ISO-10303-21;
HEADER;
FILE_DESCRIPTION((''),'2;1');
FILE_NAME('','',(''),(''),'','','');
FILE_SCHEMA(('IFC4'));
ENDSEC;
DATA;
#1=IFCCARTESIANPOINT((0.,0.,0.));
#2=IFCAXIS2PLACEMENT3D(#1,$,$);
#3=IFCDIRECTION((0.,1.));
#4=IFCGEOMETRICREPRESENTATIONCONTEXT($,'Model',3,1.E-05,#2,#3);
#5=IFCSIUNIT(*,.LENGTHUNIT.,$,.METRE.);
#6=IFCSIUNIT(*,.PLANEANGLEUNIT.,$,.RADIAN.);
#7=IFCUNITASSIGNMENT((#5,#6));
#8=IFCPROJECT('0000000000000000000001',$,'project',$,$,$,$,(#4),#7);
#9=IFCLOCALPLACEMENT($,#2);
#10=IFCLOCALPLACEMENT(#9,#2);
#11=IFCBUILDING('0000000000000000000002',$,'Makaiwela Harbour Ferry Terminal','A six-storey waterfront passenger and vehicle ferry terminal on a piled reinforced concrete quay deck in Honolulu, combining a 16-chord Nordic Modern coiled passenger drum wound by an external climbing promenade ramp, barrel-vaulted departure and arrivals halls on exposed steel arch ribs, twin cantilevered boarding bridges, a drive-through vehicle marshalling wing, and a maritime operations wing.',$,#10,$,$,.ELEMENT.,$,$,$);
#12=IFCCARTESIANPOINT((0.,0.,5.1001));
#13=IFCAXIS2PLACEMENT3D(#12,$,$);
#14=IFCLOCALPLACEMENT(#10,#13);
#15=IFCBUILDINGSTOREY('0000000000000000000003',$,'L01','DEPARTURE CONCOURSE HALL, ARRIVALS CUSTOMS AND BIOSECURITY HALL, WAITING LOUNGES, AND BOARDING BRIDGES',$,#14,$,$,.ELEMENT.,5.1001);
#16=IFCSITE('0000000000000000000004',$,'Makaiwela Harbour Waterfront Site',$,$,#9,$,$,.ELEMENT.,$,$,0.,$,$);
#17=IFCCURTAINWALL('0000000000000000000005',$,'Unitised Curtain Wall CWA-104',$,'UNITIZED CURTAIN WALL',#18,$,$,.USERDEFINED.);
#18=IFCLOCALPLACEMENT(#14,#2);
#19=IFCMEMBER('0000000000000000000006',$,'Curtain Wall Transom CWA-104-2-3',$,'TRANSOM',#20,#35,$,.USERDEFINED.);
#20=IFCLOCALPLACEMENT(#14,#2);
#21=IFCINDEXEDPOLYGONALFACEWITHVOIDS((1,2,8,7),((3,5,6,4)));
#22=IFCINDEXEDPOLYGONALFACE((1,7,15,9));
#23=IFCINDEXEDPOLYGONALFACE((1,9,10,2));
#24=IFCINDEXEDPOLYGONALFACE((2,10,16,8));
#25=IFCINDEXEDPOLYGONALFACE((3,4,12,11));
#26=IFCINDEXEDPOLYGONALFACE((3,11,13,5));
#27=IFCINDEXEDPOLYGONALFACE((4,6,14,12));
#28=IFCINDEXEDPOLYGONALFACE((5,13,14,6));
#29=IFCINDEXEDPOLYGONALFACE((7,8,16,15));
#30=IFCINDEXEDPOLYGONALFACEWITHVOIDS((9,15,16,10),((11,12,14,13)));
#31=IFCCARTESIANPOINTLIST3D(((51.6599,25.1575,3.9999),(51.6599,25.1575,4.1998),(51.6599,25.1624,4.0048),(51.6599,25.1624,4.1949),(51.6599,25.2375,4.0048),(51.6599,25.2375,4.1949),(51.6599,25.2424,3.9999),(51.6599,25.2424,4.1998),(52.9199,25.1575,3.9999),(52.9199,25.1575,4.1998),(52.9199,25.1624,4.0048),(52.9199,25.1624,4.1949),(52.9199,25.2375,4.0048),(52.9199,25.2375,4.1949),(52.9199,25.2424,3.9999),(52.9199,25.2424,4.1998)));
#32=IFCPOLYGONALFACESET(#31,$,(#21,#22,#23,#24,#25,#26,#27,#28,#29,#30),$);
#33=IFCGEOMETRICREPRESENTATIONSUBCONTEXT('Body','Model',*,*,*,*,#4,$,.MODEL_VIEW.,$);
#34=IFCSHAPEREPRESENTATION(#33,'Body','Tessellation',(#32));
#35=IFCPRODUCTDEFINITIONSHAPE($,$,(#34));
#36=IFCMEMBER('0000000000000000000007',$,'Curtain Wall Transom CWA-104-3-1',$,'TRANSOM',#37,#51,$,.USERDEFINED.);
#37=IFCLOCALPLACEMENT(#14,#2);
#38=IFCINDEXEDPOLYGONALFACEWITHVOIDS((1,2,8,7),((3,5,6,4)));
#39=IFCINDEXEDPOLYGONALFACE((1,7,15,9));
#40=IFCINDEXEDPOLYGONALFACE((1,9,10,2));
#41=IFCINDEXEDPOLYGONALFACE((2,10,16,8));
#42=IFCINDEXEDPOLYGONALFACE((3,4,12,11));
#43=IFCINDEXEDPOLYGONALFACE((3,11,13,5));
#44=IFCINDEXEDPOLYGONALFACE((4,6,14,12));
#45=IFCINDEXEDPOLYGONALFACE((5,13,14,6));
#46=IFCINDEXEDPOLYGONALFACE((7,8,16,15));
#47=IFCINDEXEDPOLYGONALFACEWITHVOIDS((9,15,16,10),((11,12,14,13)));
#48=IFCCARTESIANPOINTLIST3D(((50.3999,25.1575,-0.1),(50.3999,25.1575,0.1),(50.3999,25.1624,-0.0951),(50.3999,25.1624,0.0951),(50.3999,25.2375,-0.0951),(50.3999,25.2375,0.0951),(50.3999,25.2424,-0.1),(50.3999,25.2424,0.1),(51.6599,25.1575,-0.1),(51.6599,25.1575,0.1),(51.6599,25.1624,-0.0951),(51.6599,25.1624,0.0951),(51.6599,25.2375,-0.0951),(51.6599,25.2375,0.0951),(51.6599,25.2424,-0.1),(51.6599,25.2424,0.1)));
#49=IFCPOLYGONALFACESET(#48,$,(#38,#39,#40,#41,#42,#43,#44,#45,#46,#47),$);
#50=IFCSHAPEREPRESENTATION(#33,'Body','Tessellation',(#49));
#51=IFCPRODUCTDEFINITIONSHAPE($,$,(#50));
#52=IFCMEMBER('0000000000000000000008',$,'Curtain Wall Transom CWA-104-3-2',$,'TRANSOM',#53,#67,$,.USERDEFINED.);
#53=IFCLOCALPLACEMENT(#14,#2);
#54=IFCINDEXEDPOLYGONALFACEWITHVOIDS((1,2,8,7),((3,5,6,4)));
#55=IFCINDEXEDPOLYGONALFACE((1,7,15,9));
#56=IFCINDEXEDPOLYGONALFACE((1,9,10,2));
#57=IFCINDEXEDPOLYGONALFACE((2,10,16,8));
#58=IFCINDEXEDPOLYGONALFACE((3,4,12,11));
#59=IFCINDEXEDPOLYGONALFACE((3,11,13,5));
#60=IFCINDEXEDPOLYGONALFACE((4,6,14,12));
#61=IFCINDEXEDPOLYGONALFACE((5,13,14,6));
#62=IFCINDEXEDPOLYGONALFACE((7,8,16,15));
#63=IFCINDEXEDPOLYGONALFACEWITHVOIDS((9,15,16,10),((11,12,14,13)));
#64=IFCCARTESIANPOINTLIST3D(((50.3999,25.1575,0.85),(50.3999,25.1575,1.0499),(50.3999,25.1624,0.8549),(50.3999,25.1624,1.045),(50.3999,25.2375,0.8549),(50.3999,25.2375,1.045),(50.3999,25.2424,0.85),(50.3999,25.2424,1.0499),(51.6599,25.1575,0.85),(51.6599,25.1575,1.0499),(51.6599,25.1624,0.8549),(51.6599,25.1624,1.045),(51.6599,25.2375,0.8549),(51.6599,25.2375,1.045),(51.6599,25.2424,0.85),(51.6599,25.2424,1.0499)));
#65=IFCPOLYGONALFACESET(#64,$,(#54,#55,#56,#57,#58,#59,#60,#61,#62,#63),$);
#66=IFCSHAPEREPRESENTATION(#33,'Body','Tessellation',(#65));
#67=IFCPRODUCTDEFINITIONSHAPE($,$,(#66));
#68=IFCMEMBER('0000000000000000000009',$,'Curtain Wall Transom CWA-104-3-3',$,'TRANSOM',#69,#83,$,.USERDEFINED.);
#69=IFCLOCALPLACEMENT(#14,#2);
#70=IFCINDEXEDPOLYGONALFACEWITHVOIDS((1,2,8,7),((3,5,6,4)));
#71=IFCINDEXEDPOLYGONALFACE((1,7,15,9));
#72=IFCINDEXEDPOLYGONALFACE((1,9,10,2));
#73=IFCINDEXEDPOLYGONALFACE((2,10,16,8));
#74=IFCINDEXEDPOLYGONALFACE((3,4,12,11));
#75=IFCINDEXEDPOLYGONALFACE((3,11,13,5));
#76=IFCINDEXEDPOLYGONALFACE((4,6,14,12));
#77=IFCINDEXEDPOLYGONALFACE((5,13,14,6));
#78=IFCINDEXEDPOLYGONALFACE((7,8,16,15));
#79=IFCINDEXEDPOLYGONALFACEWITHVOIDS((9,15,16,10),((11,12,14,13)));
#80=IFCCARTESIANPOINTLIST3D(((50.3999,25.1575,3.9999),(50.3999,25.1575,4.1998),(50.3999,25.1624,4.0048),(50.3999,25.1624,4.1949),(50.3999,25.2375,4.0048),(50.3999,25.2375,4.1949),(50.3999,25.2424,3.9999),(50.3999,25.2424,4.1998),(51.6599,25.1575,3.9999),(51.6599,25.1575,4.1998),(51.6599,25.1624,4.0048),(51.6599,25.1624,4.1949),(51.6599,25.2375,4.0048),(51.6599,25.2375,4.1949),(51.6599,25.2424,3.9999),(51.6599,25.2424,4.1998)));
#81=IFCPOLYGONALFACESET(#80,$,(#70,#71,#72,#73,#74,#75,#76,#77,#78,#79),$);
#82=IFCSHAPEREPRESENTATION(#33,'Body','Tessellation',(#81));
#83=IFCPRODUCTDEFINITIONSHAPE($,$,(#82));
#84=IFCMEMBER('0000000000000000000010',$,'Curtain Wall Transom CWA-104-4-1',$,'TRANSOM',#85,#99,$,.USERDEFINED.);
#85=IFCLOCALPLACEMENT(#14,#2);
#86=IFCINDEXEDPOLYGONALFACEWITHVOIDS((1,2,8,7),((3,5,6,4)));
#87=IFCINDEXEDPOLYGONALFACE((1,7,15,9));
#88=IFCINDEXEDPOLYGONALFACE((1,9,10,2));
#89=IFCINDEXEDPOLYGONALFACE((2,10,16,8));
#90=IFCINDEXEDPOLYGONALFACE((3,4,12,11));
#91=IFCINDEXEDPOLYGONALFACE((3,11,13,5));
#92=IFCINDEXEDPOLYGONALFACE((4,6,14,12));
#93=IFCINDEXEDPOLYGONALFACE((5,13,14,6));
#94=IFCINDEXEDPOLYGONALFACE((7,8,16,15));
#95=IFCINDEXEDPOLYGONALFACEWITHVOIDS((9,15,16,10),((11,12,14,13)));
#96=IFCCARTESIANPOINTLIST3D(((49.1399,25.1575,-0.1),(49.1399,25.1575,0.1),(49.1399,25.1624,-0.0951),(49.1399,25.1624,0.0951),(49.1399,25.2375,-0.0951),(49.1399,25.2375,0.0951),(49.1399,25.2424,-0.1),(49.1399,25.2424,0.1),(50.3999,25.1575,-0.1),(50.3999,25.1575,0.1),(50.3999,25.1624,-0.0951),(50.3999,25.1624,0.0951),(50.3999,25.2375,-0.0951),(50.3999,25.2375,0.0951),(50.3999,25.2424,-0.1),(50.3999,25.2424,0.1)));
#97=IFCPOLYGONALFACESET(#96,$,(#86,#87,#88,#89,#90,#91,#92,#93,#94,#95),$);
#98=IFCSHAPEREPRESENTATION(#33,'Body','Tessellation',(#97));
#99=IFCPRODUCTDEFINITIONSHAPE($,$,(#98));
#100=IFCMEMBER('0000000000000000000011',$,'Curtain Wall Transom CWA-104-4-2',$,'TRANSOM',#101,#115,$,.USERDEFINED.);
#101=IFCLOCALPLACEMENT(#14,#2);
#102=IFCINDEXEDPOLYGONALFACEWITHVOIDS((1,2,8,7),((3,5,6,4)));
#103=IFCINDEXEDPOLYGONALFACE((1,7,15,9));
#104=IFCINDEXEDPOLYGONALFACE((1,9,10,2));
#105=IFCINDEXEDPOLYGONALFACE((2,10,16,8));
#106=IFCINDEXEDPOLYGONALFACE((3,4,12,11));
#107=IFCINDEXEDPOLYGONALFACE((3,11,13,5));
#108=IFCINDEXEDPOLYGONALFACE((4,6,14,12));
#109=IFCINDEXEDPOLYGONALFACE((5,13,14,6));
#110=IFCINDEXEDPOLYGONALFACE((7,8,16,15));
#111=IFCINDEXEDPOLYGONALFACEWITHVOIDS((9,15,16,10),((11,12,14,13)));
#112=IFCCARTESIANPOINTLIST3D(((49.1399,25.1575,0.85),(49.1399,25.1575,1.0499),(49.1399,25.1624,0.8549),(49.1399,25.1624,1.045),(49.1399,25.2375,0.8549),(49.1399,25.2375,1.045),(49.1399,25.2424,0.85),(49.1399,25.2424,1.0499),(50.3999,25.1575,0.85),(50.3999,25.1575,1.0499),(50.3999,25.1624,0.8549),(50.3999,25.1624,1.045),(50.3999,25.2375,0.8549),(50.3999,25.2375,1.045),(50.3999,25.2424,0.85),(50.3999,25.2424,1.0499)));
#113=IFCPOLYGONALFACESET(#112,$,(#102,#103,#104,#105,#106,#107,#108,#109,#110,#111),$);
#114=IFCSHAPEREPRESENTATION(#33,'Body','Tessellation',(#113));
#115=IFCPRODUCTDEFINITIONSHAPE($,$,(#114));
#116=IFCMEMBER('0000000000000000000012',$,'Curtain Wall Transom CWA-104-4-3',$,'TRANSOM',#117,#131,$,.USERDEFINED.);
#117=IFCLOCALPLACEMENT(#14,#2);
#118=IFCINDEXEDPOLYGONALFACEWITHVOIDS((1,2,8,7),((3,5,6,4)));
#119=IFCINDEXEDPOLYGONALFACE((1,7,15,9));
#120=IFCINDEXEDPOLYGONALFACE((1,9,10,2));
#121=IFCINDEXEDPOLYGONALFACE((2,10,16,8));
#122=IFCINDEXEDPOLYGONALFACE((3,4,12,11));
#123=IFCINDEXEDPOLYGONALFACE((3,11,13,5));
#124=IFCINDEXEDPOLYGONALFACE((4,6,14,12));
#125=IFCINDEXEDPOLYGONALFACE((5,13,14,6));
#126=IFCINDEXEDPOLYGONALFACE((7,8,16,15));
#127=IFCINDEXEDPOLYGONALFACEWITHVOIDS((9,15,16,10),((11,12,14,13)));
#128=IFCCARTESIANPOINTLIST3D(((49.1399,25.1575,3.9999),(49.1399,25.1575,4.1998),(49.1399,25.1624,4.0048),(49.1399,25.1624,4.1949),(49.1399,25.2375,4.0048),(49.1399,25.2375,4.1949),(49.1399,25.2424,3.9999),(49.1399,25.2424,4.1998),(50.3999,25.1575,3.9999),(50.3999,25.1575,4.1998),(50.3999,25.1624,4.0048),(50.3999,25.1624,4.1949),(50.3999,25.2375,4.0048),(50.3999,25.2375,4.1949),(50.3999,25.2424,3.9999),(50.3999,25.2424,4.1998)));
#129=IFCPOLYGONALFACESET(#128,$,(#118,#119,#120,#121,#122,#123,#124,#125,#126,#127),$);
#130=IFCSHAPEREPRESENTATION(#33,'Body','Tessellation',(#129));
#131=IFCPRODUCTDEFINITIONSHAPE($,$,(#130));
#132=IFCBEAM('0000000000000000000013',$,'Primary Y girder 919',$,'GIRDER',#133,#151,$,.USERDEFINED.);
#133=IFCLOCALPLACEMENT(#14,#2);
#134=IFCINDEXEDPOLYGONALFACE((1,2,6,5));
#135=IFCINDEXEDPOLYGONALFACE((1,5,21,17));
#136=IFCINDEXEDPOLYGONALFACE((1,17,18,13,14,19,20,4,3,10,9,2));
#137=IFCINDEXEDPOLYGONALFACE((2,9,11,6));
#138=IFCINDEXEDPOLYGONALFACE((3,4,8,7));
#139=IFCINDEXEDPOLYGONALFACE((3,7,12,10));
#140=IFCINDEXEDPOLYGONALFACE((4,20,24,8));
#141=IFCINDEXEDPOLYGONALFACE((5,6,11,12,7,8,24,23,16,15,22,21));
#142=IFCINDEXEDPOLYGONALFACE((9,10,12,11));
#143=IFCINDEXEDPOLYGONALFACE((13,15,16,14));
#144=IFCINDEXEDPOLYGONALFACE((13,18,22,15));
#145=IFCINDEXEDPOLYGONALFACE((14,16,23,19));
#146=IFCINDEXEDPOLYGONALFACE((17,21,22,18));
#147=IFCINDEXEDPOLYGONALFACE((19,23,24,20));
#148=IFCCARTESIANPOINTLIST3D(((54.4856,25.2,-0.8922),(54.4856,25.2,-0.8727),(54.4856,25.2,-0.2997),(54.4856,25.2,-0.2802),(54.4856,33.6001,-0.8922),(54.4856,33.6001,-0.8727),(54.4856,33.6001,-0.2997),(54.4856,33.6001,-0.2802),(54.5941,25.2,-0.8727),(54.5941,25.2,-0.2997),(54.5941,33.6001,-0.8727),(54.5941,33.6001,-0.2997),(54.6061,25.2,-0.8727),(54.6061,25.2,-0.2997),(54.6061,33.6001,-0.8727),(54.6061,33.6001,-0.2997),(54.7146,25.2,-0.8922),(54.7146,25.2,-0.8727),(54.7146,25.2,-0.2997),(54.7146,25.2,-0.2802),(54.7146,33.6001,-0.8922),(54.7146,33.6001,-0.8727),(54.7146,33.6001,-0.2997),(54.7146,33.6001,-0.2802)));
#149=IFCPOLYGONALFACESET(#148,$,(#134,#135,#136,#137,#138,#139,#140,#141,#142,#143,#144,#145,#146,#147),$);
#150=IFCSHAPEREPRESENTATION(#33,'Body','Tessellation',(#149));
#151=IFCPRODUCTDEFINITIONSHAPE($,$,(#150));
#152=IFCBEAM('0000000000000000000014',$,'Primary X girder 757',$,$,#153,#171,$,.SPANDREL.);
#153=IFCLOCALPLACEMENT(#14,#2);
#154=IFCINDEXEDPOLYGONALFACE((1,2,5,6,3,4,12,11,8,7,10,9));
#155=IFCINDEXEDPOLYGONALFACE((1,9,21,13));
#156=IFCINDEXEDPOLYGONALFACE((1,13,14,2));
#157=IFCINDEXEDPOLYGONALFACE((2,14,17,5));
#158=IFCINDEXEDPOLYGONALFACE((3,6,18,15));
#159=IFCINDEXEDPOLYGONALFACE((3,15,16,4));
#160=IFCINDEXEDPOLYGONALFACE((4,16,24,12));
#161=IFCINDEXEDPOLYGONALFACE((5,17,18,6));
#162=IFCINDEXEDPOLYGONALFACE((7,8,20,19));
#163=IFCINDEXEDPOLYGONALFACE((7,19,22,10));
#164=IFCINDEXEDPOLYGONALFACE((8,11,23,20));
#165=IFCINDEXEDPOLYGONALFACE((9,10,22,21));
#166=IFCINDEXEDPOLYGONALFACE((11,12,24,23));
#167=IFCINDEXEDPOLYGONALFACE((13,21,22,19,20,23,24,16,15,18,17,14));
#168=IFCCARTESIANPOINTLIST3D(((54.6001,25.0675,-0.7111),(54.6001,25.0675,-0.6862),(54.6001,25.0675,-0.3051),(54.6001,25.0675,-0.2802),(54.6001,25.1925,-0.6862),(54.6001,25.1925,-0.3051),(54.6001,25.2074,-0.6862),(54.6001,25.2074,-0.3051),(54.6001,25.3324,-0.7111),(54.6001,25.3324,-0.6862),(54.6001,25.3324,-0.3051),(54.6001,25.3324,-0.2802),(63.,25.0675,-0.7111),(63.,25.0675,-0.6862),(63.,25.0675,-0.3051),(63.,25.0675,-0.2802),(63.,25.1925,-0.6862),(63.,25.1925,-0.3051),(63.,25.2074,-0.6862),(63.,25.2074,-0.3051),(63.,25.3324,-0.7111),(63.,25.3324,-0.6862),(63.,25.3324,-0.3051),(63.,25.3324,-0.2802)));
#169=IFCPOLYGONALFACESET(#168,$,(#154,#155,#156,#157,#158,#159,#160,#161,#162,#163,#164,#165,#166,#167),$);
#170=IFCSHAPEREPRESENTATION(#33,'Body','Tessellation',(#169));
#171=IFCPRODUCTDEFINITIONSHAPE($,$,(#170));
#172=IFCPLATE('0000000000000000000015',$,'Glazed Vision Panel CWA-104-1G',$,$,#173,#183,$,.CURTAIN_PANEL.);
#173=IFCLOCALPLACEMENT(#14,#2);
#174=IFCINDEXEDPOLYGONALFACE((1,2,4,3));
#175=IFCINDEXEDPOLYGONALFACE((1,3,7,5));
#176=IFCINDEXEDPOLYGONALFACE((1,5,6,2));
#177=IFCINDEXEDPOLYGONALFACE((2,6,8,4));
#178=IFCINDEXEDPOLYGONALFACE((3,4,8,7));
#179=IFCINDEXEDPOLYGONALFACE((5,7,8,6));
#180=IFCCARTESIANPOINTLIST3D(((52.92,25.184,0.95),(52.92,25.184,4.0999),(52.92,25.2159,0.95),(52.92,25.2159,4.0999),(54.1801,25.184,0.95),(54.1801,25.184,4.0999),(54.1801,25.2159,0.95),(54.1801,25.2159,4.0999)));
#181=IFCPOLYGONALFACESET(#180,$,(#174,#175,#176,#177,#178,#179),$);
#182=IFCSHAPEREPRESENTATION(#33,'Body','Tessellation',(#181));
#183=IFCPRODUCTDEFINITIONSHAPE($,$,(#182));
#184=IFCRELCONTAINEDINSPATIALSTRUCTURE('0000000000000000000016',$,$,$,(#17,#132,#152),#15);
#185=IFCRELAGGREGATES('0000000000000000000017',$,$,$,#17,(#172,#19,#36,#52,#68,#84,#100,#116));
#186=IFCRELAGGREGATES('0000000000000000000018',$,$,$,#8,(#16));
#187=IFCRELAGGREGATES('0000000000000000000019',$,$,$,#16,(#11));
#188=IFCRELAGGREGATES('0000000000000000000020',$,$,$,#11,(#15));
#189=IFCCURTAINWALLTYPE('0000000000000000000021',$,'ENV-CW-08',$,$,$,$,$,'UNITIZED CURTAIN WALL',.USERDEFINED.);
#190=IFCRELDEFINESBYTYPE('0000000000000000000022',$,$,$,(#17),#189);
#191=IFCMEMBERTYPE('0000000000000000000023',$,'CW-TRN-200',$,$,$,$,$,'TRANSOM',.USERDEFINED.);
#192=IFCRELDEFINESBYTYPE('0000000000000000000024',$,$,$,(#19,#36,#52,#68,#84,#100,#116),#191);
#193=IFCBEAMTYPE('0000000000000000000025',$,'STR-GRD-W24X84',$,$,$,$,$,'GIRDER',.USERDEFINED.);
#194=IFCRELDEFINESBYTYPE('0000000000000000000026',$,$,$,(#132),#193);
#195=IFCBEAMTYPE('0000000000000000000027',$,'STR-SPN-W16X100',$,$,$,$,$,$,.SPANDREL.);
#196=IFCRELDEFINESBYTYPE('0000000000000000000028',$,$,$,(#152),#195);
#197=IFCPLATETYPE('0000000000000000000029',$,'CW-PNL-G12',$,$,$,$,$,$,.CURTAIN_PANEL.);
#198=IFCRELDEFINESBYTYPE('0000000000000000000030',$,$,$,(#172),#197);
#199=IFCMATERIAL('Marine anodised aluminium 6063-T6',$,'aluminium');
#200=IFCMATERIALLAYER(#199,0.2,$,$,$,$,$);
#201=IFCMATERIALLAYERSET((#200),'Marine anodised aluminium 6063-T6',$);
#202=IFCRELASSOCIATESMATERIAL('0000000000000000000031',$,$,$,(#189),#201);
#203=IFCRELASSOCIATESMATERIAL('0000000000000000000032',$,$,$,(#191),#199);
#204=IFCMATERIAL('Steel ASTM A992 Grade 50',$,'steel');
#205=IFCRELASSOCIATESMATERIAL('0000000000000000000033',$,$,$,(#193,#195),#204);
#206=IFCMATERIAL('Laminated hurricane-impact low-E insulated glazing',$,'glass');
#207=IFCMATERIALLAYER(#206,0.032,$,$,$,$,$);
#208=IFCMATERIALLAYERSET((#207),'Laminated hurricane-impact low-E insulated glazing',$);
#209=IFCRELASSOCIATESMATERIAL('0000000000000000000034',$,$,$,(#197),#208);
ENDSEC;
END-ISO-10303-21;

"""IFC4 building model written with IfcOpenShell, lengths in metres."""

from ifc_helpers import new_model, si_unit, direction, frame, origin, origin_2d, place, context, subcontext, project, spatial, rectangle, hollow_rectangle, i_section, extrude, material, layer, layer_set, material_profile, profile_set, type_object, element, aggregate, save


model = new_model("IFC4")

# Units and contexts
model_context = context("Model", 3, precision=1e-05, world=origin(), true_north=direction((0.0, 1.0)))
body_context = subcontext(model_context, "Body", "Model", "MODEL_VIEW")
ifc_project = project(units=[si_unit("LENGTHUNIT", "METRE"), si_unit("PLANEANGLEUNIT", "RADIAN")], contexts=[model_context])

# Site, building, storey
site_placement = place(None, origin())
site = spatial("IfcSite", under=ifc_project, at=site_placement, Name="Makaiwela Harbour Waterfront Site", CompositionType="ELEMENT", RefElevation=0.0)
building_placement = place(site_placement, origin())
building = spatial("IfcBuilding", under=site, at=building_placement, Name="Makaiwela Harbour Ferry Terminal", Description="A six-storey waterfront passenger and vehicle ferry terminal on a piled reinforced concrete quay deck in Honolulu, combining a 16-chord Nordic Modern coiled passenger drum wound by an external climbing promenade ramp, barrel-vaulted departure and arrivals halls on exposed steel arch ribs, twin cantilevered boarding bridges, a drive-through vehicle marshalling wing, and a maritime operations wing.", CompositionType="ELEMENT")
storey_placement = place(building_placement, frame((0.0, 0.0, 5.1001)))
storey = spatial("IfcBuildingStorey", under=building, at=storey_placement, Name="L01", Description="DEPARTURE CONCOURSE HALL, ARRIVALS CUSTOMS AND BIOSECURITY HALL, WAITING LOUNGES, AND BOARDING BRIDGES", CompositionType="ELEMENT", Elevation=5.1001)

# Shared definitions
ifc_material_1 = material(Name="Steel ASTM A992 Grade 50", Category="steel")

# Curtain wall, members
ifc_material_2 = material(Name="Marine anodised aluminium 6063-T6", Category="aluminium")
ifc_layer_1 = layer(ifc_material_2, 0.2)
ifc_layer_set_1 = layer_set([ifc_layer_1], Name="Marine anodised aluminium 6063-T6")
curtain_wall_type = type_object("IfcCurtainWallType", Name="ENV-CW-08", ElementType="UNITIZED CURTAIN WALL", PredefinedType="USERDEFINED", material=ifc_layer_set_1)
curtain_wall_placement = place(storey_placement, origin())
curtain_wall = element("IfcCurtainWall", 1, at=curtain_wall_placement, inside=storey, type_object=curtain_wall_type, Name="Unitised Curtain Wall CWA-104", ObjectType="UNITIZED CURTAIN WALL", PredefinedType="USERDEFINED")
ifc_material_profile_1 = material_profile(ifc_material_2, hollow_rectangle(XDim=0.085, YDim=0.2, WallThickness=0.0049, at=origin_2d()), Name="CWT-200X85")
ifc_profile_set_1 = profile_set([ifc_material_profile_1], Name="Marine anodised aluminium 6063-T6")
member_type_1 = type_object("IfcMemberType", Name="CW-TRN-200", ElementType="TRANSOM", PredefinedType="USERDEFINED", material=ifc_profile_set_1)
member_1_placement = place(storey_placement, frame((52.9199, 25.2, 4.0999), z_axis=(-1.0, 0.0, 0.0), x_axis=(0.0, -1.0, 0.0)))
member_1 = element("IfcMember", 2, at=member_1_placement, type_object=member_type_1, Name="Curtain Wall Transom CWA-104-2-3", ObjectType="TRANSOM", PredefinedType="USERDEFINED", context=body_context, shape_type="SweptSolid", body=[
    extrude(hollow_rectangle(XDim=0.085, YDim=0.2, WallThickness=0.0049, at=origin_2d()), origin(), (0.0, 0.0, 1.0), 1.26),
])
member_2_placement = place(storey_placement, frame((51.6599, 25.2, 0.0), z_axis=(-1.0, 0.0, 0.0), x_axis=(0.0, -1.0, 0.0)))
member_2 = element("IfcMember", 3, at=member_2_placement, type_object=member_type_1, Name="Curtain Wall Transom CWA-104-3-1", ObjectType="TRANSOM", PredefinedType="USERDEFINED", context=body_context, shape_type="SweptSolid", body=[
    extrude(hollow_rectangle(XDim=0.085, YDim=0.2, WallThickness=0.0049, at=origin_2d()), origin(), (0.0, 0.0, 1.0), 1.26),
])
member_3_placement = place(storey_placement, frame((51.6599, 25.2, 0.95), z_axis=(-1.0, 0.0, 0.0), x_axis=(0.0, -1.0, 0.0)))
member_3 = element("IfcMember", 4, at=member_3_placement, type_object=member_type_1, Name="Curtain Wall Transom CWA-104-3-2", ObjectType="TRANSOM", PredefinedType="USERDEFINED", context=body_context, shape_type="SweptSolid", body=[
    extrude(hollow_rectangle(XDim=0.085, YDim=0.2, WallThickness=0.0049, at=origin_2d()), origin(), (0.0, 0.0, 1.0), 1.26),
])
member_4_placement = place(storey_placement, frame((51.6599, 25.2, 4.0999), z_axis=(-1.0, 0.0, 0.0), x_axis=(0.0, -1.0, 0.0)))
member_4 = element("IfcMember", 5, at=member_4_placement, type_object=member_type_1, Name="Curtain Wall Transom CWA-104-3-3", ObjectType="TRANSOM", PredefinedType="USERDEFINED", context=body_context, shape_type="SweptSolid", body=[
    extrude(hollow_rectangle(XDim=0.085, YDim=0.2, WallThickness=0.0049, at=origin_2d()), origin(), (0.0, 0.0, 1.0), 1.26),
])
member_5_placement = place(storey_placement, frame((50.3999, 25.2, 0.0), z_axis=(-1.0, 0.0, 0.0), x_axis=(0.0, -1.0, 0.0)))
member_5 = element("IfcMember", 6, at=member_5_placement, type_object=member_type_1, Name="Curtain Wall Transom CWA-104-4-1", ObjectType="TRANSOM", PredefinedType="USERDEFINED", context=body_context, shape_type="SweptSolid", body=[
    extrude(hollow_rectangle(XDim=0.085, YDim=0.2, WallThickness=0.0049, at=origin_2d()), origin(), (0.0, 0.0, 1.0), 1.26),
])
member_6_placement = place(storey_placement, frame((50.3999, 25.2, 0.95), z_axis=(-1.0, 0.0, 0.0), x_axis=(0.0, -1.0, 0.0)))
member_6 = element("IfcMember", 7, at=member_6_placement, type_object=member_type_1, Name="Curtain Wall Transom CWA-104-4-2", ObjectType="TRANSOM", PredefinedType="USERDEFINED", context=body_context, shape_type="SweptSolid", body=[
    extrude(hollow_rectangle(XDim=0.085, YDim=0.2, WallThickness=0.0049, at=origin_2d()), origin(), (0.0, 0.0, 1.0), 1.26),
])
member_7_placement = place(storey_placement, frame((50.3999, 25.2, 4.0999), z_axis=(-1.0, 0.0, 0.0), x_axis=(0.0, -1.0, 0.0)))
member_7 = element("IfcMember", 8, at=member_7_placement, type_object=member_type_1, Name="Curtain Wall Transom CWA-104-4-3", ObjectType="TRANSOM", PredefinedType="USERDEFINED", context=body_context, shape_type="SweptSolid", body=[
    extrude(hollow_rectangle(XDim=0.085, YDim=0.2, WallThickness=0.0049, at=origin_2d()), origin(), (0.0, 0.0, 1.0), 1.26),
])

# Beams
ifc_material_profile_2 = material_profile(ifc_material_1, i_section(OverallWidth=0.229, OverallDepth=0.6121, WebThickness=0.012, FlangeThickness=0.0195, at=origin_2d()), Name="W24X84")
ifc_profile_set_2 = profile_set([ifc_material_profile_2], Name="Steel ASTM A992 Grade 50")
beam_type_1 = type_object("IfcBeamType", Name="STR-GRD-W24X84", ElementType="GIRDER", PredefinedType="USERDEFINED", material=ifc_profile_set_2)
beam_1_placement = place(storey_placement, frame((54.6001, 25.2, -0.5862), z_axis=(0.0, 1.0, 0.0), x_axis=(-1.0, 0.0, 0.0)))
element("IfcBeam", 9, at=beam_1_placement, inside=storey, type_object=beam_type_1, Name="Primary Y girder 919", ObjectType="GIRDER", PredefinedType="USERDEFINED", context=body_context, shape_type="SweptSolid", body=[
    extrude(i_section(OverallWidth=0.229, OverallDepth=0.6121, WebThickness=0.012, FlangeThickness=0.0195, at=origin_2d()), origin(), (0.0, 0.0, 1.0), 8.4001),
])
ifc_material_profile_3 = material_profile(ifc_material_1, i_section(OverallWidth=0.2649, OverallDepth=0.4309, WebThickness=0.0149, FlangeThickness=0.0249, at=origin_2d()), Name="W16X100")
ifc_profile_set_3 = profile_set([ifc_material_profile_3], Name="Steel ASTM A992 Grade 50")
beam_type_2 = type_object("IfcBeamType", Name="STR-SPN-W16X100", PredefinedType="SPANDREL", material=ifc_profile_set_3)
beam_2_placement = place(storey_placement, frame((54.6001, 25.2, -0.4956), z_axis=(1.0, 0.0, 0.0), x_axis=(0.0, 1.0, 0.0)))
element("IfcBeam", 10, at=beam_2_placement, inside=storey, type_object=beam_type_2, Name="Primary X girder 757", PredefinedType="SPANDREL", context=body_context, shape_type="SweptSolid", body=[
    extrude(i_section(OverallWidth=0.2649, OverallDepth=0.4309, WebThickness=0.0149, FlangeThickness=0.0249, at=origin_2d()), origin(), (0.0, 0.0, 1.0), 8.3999),
])

# Plate
ifc_material_3 = material(Name="Laminated hurricane-impact low-E insulated glazing", Category="glass")
ifc_layer_2 = layer(ifc_material_3, 0.032)
ifc_layer_set_2 = layer_set([ifc_layer_2], Name="Laminated hurricane-impact low-E insulated glazing")
plate_type_1 = type_object("IfcPlateType", Name="CW-PNL-G12", PredefinedType="CURTAIN_PANEL", material=ifc_layer_set_2)
plate_1_placement = place(storey_placement, frame((53.55, 25.2, 0.95), z_axis=(0.0, 0.0, 1.0), x_axis=(-1.0, 0.0, 0.0)))
plate_1 = element("IfcPlate", 11, at=plate_1_placement, type_object=plate_type_1, Name="Glazed Vision Panel CWA-104-1G", PredefinedType="CURTAIN_PANEL", context=body_context, shape_type="SweptSolid", body=[
    extrude(rectangle(XDim=1.26, YDim=0.032, at=origin_2d()), origin(), (0.0, 0.0, 1.0), 3.1499),
])
aggregate(curtain_wall, [plate_1, member_1, member_2, member_3, member_4, member_5, member_6, member_7])

save(model, "model.ifc")
